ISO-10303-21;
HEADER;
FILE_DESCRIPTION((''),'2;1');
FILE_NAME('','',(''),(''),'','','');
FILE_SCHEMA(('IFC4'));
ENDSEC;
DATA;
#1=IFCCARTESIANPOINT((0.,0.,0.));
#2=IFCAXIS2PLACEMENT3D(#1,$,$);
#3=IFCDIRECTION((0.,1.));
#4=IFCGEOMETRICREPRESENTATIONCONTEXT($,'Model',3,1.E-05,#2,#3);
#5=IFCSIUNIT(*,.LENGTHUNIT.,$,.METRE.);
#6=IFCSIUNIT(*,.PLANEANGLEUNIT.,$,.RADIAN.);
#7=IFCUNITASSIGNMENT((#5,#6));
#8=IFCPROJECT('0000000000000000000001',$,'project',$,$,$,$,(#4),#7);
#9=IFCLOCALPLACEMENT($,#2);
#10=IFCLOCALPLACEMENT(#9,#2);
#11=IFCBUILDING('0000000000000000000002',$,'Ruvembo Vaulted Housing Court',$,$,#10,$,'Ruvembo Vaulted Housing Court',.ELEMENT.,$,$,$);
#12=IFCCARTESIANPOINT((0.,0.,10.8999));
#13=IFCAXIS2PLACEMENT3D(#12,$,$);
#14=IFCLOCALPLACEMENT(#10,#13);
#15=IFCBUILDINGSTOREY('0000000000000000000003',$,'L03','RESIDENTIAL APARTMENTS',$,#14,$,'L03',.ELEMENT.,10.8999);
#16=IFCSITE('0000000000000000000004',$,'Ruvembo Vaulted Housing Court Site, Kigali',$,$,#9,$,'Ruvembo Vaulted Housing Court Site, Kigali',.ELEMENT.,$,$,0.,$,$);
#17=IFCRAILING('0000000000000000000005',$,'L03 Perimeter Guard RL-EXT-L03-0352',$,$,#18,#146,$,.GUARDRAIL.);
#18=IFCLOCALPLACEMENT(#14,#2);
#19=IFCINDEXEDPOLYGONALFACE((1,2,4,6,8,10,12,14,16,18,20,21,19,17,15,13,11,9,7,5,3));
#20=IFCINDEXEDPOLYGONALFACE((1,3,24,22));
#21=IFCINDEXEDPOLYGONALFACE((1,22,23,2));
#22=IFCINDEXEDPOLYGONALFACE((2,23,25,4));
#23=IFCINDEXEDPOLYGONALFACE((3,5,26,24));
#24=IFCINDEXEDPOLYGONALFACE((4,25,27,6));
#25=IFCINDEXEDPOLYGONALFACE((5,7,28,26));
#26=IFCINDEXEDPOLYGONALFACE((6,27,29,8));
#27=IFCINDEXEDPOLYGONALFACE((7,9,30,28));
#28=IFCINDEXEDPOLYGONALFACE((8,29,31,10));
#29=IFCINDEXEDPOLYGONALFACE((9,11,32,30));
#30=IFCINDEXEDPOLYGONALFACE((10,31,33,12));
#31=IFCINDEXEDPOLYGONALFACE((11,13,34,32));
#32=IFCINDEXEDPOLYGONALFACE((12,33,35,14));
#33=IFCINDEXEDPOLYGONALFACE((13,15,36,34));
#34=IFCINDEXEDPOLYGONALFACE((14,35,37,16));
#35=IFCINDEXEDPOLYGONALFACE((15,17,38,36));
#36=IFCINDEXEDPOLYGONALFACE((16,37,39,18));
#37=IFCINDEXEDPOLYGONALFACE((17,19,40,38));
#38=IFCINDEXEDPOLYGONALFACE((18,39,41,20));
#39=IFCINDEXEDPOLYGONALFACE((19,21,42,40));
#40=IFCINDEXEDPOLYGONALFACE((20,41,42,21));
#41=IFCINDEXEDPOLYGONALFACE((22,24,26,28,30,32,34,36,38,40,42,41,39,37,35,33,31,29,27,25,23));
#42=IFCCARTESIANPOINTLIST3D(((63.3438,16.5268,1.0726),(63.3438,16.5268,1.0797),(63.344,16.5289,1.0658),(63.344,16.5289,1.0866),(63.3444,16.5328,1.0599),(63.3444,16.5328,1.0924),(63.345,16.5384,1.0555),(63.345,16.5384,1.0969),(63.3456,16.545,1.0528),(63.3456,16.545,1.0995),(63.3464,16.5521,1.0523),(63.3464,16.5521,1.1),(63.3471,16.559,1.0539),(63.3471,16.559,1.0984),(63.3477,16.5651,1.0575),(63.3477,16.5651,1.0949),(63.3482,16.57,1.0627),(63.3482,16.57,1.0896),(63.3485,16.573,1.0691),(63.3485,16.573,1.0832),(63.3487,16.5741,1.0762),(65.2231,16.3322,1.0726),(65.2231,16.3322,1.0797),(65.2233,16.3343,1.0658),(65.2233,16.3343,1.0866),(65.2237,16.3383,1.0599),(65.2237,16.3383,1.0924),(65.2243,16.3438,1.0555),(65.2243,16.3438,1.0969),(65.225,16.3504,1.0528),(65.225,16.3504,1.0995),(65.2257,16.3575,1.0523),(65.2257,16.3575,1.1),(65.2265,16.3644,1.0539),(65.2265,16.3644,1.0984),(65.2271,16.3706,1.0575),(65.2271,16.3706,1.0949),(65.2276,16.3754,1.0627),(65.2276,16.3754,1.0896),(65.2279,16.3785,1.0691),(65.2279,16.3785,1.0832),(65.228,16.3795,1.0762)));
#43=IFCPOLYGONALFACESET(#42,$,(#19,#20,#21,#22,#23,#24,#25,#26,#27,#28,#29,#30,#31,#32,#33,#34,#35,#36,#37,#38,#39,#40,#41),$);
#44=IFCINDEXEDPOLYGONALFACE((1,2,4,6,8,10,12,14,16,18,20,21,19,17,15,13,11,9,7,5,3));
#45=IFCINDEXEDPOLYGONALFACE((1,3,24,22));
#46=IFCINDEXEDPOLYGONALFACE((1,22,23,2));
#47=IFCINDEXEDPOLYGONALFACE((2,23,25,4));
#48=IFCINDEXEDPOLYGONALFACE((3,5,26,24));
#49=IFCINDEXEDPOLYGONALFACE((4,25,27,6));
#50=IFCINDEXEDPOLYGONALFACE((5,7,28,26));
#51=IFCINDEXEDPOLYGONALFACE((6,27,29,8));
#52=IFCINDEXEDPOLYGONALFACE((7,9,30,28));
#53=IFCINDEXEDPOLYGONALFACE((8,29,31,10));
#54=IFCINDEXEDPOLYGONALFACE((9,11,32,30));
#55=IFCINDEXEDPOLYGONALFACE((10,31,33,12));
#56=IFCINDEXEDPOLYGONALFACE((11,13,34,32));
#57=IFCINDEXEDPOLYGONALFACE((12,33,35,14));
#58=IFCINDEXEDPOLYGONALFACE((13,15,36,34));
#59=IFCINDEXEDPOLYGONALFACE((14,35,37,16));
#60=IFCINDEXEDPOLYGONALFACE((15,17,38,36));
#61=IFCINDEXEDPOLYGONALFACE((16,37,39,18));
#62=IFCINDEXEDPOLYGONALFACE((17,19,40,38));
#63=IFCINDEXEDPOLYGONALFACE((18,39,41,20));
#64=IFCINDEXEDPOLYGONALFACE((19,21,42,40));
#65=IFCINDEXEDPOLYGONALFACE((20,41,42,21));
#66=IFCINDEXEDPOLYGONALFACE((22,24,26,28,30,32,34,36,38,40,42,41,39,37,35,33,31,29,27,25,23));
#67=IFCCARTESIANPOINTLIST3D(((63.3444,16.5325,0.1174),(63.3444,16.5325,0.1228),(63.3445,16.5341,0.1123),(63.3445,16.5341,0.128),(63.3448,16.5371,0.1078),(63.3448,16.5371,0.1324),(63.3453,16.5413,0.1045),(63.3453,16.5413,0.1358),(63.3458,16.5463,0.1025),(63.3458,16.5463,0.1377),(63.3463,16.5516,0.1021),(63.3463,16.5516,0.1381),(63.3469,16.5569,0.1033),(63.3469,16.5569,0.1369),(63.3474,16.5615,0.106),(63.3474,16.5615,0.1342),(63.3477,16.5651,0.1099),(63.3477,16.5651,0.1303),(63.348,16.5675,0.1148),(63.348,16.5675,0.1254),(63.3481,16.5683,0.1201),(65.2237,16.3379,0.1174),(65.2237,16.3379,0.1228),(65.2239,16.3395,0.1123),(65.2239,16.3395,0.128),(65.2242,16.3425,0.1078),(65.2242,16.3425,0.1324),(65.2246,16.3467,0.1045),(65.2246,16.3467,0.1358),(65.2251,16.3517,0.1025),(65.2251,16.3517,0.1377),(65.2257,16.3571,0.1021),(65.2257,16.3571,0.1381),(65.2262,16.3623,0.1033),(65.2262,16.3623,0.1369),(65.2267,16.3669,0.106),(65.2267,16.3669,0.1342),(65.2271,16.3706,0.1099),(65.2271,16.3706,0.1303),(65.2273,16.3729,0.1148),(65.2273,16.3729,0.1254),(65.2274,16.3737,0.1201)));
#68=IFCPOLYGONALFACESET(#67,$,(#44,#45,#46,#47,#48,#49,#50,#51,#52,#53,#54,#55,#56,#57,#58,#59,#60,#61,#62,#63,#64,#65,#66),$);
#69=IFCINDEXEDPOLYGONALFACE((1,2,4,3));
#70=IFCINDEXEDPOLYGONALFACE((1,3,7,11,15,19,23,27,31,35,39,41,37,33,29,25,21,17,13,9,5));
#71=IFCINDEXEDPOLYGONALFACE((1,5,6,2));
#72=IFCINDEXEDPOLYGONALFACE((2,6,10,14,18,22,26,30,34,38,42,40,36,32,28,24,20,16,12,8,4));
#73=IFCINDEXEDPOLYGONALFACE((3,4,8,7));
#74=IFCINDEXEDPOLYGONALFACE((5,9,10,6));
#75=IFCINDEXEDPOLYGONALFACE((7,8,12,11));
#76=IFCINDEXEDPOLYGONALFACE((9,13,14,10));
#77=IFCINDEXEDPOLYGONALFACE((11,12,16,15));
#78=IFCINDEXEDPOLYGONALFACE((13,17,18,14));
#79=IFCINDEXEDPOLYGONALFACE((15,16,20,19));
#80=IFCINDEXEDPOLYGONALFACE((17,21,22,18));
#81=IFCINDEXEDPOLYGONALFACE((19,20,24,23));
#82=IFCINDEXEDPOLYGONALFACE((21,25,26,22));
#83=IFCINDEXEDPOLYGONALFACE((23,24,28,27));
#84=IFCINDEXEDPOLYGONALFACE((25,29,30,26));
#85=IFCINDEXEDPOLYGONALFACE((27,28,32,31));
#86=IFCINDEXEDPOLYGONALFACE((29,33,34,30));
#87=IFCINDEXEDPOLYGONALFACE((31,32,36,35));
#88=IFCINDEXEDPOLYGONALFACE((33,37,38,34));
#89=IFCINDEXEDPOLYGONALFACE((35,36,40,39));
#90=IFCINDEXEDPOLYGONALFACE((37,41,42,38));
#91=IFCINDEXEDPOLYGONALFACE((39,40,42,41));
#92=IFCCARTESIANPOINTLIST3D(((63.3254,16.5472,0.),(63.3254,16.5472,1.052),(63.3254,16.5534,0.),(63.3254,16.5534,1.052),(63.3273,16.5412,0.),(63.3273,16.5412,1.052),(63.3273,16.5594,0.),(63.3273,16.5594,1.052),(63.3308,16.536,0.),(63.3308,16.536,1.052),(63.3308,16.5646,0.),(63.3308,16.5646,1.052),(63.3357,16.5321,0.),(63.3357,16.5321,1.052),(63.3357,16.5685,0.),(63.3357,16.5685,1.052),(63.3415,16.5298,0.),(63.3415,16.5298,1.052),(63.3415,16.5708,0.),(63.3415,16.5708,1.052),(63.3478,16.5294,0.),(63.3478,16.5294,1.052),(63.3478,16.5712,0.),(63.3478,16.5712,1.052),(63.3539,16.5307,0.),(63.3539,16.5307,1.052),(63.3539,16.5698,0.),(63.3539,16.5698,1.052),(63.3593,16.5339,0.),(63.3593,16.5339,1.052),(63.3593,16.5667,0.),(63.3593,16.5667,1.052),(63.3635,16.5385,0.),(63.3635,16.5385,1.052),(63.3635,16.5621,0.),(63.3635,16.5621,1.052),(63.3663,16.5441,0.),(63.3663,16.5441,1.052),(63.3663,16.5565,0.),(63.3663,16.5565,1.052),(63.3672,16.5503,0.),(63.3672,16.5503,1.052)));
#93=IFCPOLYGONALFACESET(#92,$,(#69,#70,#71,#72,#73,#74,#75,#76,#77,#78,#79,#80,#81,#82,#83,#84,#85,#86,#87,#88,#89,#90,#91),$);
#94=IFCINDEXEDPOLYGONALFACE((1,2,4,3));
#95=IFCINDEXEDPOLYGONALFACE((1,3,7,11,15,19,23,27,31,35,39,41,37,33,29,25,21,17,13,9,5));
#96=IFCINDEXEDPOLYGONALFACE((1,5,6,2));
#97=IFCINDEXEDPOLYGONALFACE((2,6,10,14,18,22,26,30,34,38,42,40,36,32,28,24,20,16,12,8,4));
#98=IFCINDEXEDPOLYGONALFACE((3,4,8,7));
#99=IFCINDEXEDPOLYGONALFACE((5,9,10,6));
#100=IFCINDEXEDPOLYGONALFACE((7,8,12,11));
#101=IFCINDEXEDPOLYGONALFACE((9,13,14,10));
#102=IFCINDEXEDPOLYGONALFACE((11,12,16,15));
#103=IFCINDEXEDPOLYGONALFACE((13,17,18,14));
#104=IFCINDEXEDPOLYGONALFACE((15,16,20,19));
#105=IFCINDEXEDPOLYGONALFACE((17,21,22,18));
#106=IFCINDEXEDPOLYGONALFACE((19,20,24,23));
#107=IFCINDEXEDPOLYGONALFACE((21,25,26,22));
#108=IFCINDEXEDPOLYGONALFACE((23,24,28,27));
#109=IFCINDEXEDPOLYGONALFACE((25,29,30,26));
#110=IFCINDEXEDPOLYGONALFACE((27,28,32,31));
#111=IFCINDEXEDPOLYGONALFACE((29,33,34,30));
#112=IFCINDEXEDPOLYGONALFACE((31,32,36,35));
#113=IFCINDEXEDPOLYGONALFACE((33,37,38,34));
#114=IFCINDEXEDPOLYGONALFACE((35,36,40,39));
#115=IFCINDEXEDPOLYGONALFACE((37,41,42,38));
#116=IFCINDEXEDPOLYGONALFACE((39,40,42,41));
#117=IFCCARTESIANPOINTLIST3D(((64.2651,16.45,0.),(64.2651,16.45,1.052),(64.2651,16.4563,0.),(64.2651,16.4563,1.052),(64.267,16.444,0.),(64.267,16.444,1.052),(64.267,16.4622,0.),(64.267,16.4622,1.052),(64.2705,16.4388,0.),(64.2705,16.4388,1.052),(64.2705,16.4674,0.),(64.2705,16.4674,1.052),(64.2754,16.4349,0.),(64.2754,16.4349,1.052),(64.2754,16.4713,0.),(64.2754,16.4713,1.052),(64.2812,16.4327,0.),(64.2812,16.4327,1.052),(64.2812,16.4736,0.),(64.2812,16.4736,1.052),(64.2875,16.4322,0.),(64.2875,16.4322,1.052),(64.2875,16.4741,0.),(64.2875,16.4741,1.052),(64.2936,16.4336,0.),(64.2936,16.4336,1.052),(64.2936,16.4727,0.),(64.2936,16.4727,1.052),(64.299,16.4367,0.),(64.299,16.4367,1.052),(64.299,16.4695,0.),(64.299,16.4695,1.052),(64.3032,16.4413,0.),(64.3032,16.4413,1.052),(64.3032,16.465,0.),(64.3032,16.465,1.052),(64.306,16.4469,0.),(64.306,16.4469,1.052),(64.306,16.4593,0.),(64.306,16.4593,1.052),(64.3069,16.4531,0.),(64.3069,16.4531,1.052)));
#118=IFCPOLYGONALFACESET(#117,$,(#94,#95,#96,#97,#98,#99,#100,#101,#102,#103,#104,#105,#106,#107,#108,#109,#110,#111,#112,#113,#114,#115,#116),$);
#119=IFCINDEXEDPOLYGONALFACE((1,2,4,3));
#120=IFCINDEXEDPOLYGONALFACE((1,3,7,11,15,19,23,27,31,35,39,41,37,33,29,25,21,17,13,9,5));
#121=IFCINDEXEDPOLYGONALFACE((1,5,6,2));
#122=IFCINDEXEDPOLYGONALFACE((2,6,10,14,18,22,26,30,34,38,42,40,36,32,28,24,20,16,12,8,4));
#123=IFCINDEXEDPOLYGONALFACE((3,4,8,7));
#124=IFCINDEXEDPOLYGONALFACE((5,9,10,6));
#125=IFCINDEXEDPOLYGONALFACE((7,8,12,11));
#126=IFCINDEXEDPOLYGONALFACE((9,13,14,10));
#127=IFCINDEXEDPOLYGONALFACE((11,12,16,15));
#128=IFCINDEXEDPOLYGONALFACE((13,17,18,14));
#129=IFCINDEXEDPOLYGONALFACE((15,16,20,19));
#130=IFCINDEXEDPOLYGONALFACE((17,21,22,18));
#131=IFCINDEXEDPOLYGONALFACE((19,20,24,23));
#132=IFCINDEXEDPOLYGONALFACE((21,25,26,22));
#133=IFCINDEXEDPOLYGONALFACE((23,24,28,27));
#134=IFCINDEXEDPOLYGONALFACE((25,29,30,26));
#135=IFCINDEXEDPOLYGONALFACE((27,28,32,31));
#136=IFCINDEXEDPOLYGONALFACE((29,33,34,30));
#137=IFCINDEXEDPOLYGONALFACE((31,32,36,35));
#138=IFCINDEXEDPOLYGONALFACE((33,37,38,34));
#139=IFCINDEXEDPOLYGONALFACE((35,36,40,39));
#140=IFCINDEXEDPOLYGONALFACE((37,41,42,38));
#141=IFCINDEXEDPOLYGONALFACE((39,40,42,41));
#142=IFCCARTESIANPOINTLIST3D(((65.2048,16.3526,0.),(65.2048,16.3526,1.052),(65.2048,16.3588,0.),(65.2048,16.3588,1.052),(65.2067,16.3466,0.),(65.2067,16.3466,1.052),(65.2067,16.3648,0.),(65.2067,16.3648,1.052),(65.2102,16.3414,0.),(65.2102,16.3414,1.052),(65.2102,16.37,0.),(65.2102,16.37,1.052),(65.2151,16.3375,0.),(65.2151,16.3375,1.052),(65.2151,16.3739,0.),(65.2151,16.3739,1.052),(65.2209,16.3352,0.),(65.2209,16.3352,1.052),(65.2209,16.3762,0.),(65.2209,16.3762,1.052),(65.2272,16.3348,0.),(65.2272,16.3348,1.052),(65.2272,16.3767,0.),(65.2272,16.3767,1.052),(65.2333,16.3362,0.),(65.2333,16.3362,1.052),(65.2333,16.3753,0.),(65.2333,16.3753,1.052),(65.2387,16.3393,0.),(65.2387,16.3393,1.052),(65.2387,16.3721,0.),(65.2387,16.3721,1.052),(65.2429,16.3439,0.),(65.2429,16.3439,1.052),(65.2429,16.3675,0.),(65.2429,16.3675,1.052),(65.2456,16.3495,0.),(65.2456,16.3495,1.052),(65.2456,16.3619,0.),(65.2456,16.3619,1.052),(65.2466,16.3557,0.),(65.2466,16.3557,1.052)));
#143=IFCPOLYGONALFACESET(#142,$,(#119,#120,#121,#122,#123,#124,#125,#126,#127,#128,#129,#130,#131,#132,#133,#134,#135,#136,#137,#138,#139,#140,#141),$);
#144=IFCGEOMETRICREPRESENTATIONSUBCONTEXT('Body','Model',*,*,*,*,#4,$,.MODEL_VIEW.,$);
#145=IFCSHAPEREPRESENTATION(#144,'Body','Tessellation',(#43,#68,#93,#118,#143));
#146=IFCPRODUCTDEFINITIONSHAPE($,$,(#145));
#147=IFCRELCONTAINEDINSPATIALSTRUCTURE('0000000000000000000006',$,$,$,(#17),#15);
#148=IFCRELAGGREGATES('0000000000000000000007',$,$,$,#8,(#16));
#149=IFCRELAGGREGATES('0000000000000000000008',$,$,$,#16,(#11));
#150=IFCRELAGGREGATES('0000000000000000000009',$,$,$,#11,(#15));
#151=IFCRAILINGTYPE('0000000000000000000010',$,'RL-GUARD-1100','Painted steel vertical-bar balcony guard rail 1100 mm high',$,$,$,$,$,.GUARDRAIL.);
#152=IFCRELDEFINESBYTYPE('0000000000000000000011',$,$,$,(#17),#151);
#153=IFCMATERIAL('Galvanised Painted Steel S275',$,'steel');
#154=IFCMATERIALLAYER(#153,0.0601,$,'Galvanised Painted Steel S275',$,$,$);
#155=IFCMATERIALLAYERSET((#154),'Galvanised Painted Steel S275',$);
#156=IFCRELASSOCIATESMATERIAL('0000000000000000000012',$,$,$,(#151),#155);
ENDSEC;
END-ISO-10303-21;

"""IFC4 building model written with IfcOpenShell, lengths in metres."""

from ifc_helpers import new_model, si_unit, direction, frame, origin, origin_2d, place, context, subcontext, project, spatial, circle, extrude, material, layer, layer_set, type_object, element, save


model = new_model("IFC4")

# Units and contexts
model_context = context("Model", 3, precision=1e-05, world=origin(), true_north=direction((0.0, 1.0)))
body_context = subcontext(model_context, "Body", "Model", "MODEL_VIEW")
ifc_project = project(units=[si_unit("LENGTHUNIT", "METRE"), si_unit("PLANEANGLEUNIT", "RADIAN")], contexts=[model_context])

# Site, building, storey
site_placement = place(None, origin())
site = spatial("IfcSite", under=ifc_project, at=site_placement, Name="Ruvembo Vaulted Housing Court Site, Kigali", LongName="Ruvembo Vaulted Housing Court Site, Kigali", CompositionType="ELEMENT", RefElevation=0.0)
building_placement = place(site_placement, origin())
building = spatial("IfcBuilding", under=site, at=building_placement, Name="Ruvembo Vaulted Housing Court", LongName="Ruvembo Vaulted Housing Court", CompositionType="ELEMENT")
storey_placement = place(building_placement, frame((0.0, 0.0, 10.8999)))
storey = spatial("IfcBuildingStorey", under=building, at=storey_placement, Name="L03", Description="RESIDENTIAL APARTMENTS", LongName="L03", CompositionType="ELEMENT", Elevation=10.8999)

# Railing
ifc_material_1 = material(Name="Galvanised Painted Steel S275", Category="steel")
ifc_layer = layer(ifc_material_1, 0.0601, Name="Galvanised Painted Steel S275")
ifc_layer_set = layer_set([ifc_layer], Name="Galvanised Painted Steel S275")
railing_type = type_object("IfcRailingType", Name="RL-GUARD-1100", Description="Painted steel vertical-bar balcony guard rail 1100 mm high", PredefinedType="GUARDRAIL", material=ifc_layer_set)
railing_1_placement = place(storey_placement, frame((63.3462, 16.5503, 0.0)))
element("IfcRailing", 1, at=railing_1_placement, inside=storey, type_object=railing_type, Name="L03 Perimeter Guard RL-EXT-L03-0352", PredefinedType="GUARDRAIL", context=body_context, shape_type="SweptSolid", body=[
    extrude(circle(Radius=0.0239, at=origin_2d()), frame((0.0, 0.0, 1.0762), z_axis=(0.994683, -0.102983, 0.0), x_axis=(0.102983, 0.994683, 0.0)), (0.0, 0.0, 1.0), 1.8894),
    extrude(circle(Radius=0.0181, at=origin_2d()), frame((0.0, 0.0, 0.1201), z_axis=(0.994683, -0.102983, 0.0), x_axis=(0.102983, 0.994683, 0.0)), (0.0, 0.0, 1.0), 1.8894),
    extrude(circle(Radius=0.021, at=origin_2d()), origin(), (0.0, 0.0, 1.0), 1.052),
    extrude(circle(Radius=0.021, at=origin_2d()), frame((0.9397, -0.0972, 0.0)), (0.0, 0.0, 1.0), 1.052),
    extrude(circle(Radius=0.021, at=origin_2d()), frame((1.8794, -0.1946, 0.0)), (0.0, 0.0, 1.0), 1.052),
])

save(model, "model.ifc")
